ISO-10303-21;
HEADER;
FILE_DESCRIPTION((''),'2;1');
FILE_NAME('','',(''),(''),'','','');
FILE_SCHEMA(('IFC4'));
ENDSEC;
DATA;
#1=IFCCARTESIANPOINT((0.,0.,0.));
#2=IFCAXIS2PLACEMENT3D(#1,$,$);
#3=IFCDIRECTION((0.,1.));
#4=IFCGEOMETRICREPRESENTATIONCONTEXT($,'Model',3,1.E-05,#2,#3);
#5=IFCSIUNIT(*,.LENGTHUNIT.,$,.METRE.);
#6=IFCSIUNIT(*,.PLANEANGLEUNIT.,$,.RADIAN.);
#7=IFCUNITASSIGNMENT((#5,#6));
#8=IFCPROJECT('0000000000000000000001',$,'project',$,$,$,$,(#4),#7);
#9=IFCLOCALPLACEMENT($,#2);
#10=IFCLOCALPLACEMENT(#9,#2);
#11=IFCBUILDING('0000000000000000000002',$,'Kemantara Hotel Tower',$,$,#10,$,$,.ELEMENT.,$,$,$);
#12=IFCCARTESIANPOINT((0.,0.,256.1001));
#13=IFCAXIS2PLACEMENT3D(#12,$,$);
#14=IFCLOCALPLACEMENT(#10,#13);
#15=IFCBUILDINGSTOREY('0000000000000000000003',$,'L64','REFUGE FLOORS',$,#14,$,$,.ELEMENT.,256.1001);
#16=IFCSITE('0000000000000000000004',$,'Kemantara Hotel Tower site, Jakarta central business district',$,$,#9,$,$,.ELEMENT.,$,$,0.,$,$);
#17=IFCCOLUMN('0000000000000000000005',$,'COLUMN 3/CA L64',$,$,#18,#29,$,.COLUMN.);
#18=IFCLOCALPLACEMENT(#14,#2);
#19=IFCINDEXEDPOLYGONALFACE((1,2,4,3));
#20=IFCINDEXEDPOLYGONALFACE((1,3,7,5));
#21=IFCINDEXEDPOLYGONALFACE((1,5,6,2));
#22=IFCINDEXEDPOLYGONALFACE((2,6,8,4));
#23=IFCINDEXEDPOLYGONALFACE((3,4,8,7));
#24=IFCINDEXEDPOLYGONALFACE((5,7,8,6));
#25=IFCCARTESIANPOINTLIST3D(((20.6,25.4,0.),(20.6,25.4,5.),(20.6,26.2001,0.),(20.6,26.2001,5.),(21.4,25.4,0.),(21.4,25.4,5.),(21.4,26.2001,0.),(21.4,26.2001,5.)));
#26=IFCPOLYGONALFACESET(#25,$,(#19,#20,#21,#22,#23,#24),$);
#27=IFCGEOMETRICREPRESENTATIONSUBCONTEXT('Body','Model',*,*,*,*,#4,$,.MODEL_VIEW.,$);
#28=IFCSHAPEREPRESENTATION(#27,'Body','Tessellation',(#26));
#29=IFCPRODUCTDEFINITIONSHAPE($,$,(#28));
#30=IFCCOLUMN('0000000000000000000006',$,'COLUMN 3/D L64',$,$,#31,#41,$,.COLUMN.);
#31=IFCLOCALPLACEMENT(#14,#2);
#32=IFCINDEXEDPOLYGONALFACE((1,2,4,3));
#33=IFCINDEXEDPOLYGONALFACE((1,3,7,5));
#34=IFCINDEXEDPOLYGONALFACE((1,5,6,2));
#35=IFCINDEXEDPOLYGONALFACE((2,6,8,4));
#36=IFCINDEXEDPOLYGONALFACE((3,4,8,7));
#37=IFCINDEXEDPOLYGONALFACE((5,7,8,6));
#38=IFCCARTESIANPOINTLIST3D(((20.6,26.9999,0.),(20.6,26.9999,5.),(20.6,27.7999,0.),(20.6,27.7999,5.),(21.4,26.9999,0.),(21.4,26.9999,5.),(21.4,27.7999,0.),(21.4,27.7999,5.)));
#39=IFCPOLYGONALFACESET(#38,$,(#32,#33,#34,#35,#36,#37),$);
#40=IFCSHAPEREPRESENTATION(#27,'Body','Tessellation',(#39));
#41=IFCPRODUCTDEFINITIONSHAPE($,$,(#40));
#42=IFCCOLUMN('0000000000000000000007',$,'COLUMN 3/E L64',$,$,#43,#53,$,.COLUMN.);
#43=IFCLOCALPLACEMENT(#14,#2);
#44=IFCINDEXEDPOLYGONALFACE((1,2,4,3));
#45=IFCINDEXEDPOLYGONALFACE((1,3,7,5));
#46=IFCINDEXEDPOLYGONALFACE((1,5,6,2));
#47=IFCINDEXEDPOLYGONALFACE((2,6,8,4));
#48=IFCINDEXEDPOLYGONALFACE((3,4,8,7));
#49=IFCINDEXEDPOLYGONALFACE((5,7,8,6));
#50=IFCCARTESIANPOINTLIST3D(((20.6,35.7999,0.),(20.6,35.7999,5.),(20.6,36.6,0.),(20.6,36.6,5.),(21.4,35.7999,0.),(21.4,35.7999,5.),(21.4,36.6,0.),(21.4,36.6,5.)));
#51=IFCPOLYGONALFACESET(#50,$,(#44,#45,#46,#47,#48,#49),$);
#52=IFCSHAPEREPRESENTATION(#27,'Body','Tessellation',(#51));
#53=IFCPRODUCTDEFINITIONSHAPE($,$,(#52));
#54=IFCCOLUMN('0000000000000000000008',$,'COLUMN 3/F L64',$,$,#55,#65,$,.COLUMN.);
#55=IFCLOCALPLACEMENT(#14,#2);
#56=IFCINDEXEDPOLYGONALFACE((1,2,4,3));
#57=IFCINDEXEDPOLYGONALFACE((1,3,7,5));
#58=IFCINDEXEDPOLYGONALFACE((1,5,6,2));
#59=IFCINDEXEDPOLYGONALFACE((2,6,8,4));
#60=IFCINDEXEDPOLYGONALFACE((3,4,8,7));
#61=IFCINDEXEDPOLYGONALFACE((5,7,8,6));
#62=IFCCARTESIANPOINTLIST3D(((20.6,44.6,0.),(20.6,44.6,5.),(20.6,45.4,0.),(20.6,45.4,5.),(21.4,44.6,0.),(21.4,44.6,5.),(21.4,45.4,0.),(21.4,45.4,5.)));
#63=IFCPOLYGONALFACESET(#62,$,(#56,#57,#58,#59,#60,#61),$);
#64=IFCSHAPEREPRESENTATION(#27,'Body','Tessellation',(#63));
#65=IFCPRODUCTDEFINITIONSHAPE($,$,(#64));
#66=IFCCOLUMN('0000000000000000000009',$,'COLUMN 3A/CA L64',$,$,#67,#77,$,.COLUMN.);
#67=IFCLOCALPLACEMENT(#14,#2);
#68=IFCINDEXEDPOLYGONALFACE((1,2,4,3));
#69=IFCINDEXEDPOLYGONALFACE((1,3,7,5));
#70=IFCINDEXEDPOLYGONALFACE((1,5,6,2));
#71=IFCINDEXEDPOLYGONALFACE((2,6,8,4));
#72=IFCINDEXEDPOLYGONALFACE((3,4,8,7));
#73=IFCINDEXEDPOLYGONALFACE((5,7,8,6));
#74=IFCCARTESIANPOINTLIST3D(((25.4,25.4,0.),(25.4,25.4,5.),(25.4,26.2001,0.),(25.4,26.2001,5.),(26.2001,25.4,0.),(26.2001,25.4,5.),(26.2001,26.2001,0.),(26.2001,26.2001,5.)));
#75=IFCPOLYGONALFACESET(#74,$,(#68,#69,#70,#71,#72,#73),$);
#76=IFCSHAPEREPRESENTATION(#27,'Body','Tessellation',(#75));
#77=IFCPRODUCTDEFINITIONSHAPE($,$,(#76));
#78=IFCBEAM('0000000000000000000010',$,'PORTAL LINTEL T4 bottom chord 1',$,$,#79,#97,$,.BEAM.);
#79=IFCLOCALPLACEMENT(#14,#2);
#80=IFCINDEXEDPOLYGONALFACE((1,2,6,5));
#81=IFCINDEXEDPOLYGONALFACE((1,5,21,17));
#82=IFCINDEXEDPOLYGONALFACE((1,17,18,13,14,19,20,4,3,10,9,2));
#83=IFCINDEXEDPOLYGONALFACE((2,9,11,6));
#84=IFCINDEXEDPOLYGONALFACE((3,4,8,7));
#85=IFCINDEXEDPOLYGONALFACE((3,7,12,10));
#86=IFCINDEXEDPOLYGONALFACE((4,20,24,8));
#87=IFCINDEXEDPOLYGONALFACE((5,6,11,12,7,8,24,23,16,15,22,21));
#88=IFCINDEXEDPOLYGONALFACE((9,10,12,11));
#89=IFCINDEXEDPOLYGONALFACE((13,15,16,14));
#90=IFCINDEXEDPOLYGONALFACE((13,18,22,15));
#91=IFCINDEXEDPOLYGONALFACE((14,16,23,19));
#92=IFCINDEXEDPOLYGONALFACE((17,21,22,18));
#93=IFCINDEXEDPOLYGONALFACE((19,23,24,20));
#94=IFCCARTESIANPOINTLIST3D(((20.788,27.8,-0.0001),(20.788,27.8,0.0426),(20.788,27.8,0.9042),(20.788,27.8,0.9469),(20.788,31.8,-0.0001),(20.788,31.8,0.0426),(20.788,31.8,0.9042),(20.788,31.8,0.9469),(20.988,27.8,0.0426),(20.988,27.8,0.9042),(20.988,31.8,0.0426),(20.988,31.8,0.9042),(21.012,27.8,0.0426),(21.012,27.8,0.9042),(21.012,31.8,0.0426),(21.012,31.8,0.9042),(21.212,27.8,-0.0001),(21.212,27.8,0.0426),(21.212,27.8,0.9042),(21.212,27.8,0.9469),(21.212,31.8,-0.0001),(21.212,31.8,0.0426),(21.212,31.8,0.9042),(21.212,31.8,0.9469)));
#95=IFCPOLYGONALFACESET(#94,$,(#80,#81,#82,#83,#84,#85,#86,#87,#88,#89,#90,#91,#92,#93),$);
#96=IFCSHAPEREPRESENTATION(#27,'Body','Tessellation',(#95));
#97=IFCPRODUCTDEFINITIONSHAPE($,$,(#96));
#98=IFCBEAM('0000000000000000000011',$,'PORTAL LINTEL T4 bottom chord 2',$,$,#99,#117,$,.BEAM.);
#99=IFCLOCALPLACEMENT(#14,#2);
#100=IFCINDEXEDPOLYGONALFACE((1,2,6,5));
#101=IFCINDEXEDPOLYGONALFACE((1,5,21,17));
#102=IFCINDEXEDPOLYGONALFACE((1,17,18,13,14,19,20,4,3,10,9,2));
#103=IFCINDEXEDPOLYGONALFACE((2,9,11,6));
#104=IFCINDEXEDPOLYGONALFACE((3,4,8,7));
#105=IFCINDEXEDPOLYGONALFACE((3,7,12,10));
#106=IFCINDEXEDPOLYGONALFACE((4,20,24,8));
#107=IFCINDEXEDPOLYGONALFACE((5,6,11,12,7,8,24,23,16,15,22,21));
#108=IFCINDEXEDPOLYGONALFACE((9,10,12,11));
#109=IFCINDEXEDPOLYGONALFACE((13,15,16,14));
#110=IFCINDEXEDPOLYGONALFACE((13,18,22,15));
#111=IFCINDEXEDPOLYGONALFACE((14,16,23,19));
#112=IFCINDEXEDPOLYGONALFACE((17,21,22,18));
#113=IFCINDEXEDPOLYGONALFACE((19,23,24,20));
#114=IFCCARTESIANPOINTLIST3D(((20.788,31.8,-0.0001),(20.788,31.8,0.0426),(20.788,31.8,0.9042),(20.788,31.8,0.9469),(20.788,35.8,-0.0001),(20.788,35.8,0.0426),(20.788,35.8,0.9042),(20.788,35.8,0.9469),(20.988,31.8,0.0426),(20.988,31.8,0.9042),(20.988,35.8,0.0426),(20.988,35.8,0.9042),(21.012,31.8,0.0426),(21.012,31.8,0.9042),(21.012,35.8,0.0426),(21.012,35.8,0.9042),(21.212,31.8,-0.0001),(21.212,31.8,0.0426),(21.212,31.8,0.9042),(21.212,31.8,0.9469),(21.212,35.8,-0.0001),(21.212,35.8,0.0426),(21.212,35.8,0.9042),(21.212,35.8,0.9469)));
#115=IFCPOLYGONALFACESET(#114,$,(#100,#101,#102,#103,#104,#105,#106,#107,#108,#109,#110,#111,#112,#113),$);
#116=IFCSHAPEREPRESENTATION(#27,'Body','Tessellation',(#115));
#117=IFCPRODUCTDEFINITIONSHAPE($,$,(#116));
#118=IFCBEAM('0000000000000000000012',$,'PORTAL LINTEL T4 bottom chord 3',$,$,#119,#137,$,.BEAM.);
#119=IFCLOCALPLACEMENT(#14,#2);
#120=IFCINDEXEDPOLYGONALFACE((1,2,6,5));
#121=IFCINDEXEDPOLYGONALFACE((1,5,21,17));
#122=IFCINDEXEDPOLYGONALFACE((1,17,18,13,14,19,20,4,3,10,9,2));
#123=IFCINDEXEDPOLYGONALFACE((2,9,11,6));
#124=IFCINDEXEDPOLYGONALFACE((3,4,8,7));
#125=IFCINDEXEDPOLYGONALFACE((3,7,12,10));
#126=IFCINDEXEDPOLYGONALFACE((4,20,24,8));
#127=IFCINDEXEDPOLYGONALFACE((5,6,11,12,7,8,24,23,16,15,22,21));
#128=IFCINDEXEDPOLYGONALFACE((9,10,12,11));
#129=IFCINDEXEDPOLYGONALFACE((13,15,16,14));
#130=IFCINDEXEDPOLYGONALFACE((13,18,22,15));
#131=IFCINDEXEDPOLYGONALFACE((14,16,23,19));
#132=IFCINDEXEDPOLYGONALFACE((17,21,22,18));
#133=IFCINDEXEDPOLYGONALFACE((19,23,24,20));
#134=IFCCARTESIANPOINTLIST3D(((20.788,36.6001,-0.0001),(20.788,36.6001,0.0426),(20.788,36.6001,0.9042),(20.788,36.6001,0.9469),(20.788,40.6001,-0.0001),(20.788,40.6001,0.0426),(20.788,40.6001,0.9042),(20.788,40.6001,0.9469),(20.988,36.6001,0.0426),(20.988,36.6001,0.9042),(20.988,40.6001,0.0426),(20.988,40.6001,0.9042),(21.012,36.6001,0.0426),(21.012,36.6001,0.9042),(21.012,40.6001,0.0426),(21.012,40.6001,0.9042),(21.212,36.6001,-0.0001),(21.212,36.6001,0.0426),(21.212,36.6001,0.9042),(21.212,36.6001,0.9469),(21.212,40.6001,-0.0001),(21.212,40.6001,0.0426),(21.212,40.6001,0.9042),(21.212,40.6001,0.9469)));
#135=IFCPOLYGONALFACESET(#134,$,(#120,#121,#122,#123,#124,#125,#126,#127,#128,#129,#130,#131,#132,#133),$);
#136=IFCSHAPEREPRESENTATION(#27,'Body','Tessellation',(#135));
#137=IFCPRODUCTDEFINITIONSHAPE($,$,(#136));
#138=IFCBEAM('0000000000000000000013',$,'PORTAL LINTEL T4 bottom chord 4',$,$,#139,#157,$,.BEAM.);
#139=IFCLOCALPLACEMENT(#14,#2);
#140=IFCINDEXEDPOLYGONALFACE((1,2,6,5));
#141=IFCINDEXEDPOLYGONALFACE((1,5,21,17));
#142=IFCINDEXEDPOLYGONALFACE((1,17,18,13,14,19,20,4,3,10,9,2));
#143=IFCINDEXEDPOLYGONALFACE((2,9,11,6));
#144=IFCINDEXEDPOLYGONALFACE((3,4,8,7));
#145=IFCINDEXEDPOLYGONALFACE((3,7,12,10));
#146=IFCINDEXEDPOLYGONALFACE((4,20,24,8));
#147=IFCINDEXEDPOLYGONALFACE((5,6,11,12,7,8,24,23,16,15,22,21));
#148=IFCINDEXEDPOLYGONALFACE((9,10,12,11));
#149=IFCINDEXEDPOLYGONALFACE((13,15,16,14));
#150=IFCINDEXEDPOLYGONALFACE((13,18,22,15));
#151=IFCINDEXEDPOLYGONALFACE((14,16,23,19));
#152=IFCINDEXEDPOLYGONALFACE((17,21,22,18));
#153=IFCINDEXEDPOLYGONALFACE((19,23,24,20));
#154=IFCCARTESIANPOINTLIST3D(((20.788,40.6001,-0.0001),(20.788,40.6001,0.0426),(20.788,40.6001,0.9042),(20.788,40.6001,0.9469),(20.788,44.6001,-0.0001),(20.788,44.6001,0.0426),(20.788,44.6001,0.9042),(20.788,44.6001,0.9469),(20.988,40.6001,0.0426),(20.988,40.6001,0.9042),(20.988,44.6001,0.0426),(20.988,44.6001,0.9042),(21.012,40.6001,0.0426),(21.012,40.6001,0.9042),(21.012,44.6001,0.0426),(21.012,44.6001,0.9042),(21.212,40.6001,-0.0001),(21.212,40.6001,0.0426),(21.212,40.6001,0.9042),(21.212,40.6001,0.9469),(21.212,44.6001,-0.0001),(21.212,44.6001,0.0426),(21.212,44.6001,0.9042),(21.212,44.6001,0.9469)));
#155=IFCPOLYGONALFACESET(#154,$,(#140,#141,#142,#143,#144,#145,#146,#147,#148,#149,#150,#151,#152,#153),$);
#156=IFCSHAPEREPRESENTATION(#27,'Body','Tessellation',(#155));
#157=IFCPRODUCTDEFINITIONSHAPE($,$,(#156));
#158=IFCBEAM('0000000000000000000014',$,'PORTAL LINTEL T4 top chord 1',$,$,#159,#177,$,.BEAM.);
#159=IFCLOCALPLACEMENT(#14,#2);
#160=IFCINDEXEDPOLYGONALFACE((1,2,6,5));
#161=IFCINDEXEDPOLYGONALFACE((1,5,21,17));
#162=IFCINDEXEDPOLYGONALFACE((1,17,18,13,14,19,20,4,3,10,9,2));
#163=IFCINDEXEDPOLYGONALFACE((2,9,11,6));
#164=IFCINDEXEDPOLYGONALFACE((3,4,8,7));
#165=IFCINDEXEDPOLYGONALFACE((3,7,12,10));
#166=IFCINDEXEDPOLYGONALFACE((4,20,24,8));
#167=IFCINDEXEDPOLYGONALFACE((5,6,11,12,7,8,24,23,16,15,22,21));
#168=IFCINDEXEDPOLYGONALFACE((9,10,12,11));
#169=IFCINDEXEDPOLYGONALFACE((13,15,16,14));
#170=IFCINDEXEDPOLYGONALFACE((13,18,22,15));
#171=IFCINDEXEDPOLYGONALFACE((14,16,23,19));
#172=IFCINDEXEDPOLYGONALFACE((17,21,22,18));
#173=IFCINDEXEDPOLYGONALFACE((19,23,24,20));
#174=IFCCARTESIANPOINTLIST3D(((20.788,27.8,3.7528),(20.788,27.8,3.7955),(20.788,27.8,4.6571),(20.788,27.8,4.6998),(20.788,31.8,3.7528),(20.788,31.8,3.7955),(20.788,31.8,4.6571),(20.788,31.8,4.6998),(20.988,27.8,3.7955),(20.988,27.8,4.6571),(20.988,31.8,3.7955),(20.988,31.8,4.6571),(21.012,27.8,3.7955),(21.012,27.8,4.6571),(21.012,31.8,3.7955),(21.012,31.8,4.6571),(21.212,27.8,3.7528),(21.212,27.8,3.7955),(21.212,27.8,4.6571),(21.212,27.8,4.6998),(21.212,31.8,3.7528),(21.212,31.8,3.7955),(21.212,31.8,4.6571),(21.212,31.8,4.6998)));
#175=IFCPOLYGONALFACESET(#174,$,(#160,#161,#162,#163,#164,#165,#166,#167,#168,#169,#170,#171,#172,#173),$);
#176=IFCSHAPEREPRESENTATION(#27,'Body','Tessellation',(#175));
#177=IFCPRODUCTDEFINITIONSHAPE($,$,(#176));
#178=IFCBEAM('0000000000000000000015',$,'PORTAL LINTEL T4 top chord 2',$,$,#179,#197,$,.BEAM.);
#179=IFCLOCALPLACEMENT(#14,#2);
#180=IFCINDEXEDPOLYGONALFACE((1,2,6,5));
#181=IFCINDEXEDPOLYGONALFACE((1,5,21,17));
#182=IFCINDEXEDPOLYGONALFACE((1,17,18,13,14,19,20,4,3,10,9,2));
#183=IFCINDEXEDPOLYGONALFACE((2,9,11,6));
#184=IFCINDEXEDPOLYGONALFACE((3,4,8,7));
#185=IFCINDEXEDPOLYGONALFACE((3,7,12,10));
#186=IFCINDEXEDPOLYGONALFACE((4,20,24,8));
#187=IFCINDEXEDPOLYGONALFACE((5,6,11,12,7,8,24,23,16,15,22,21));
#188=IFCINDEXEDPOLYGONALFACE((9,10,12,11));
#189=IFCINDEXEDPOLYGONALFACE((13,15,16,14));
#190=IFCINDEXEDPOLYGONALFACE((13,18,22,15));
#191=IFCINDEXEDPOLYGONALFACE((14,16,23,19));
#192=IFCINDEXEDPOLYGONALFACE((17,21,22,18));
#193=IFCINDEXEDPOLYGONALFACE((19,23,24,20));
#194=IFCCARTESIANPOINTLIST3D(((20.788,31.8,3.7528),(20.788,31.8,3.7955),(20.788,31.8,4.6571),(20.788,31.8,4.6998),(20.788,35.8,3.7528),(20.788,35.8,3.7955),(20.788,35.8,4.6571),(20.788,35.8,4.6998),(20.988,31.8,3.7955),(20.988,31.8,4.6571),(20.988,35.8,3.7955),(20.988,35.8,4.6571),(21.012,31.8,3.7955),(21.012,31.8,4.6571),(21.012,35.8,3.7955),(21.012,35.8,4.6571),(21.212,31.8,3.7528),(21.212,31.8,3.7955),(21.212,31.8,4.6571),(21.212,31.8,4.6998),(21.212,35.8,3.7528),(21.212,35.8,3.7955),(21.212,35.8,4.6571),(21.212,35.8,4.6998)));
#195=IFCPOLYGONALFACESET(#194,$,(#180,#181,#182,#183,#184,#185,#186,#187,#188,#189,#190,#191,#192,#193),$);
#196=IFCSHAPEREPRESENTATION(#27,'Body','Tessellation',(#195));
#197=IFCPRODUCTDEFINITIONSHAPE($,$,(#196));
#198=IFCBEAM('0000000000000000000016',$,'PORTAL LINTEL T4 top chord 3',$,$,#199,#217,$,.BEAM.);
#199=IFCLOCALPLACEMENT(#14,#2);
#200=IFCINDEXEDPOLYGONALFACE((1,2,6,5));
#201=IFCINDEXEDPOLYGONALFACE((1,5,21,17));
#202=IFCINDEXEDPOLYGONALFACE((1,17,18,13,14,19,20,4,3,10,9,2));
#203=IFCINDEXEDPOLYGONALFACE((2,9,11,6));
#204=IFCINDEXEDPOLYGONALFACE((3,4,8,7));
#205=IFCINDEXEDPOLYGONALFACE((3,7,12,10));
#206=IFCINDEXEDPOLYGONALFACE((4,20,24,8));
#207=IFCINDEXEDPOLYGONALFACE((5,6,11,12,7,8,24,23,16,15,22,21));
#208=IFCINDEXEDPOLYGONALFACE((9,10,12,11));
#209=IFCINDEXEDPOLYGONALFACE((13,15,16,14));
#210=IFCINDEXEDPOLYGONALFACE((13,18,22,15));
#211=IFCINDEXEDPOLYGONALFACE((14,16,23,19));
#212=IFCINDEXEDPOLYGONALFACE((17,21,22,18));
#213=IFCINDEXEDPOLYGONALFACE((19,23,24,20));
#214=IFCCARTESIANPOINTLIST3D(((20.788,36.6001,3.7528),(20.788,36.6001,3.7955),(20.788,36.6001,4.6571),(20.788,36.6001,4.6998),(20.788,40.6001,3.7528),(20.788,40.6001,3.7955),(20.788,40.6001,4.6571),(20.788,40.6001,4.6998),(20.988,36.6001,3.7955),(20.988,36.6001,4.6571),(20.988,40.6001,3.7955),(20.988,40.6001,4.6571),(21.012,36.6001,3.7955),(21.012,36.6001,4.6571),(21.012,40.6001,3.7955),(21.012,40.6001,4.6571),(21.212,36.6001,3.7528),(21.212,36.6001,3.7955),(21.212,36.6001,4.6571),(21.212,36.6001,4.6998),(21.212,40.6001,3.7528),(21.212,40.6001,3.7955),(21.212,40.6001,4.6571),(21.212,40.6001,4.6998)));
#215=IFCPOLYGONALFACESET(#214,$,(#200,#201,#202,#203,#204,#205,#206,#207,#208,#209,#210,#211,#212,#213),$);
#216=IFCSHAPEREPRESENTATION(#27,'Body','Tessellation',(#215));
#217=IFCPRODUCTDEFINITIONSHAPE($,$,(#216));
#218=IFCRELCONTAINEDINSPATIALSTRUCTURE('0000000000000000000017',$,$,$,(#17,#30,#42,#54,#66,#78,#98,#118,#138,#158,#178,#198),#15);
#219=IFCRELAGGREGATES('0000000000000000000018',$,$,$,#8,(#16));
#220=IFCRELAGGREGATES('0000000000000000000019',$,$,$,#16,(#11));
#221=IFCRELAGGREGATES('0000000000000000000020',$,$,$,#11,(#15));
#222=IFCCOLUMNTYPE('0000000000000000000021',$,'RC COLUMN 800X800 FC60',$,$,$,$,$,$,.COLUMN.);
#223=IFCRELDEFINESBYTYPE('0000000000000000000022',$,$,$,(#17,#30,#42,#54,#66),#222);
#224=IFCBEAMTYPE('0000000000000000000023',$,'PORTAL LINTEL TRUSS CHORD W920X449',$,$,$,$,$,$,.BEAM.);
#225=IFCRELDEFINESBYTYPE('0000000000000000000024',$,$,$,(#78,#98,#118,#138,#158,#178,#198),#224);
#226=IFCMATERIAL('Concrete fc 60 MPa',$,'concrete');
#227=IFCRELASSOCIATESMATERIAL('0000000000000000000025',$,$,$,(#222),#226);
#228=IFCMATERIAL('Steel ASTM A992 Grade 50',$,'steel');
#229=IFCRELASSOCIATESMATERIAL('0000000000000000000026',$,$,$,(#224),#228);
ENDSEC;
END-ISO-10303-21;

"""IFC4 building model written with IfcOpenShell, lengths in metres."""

from ifc_helpers import new_model, si_unit, direction, frame, origin, origin_2d, place, context, subcontext, project, spatial, rectangle, i_section, extrude, material, material_profile, profile_set, type_object, element, save


model = new_model("IFC4")

# Units and contexts
model_context = context("Model", 3, precision=1e-05, world=origin(), true_north=direction((0.0, 1.0)))
body_context = subcontext(model_context, "Body", "Model", "MODEL_VIEW")
ifc_project = project(units=[si_unit("LENGTHUNIT", "METRE"), si_unit("PLANEANGLEUNIT", "RADIAN")], contexts=[model_context])

# Site, building, storey
site_placement = place(None, origin())
site = spatial("IfcSite", under=ifc_project, at=site_placement, Name="Kemantara Hotel Tower site, Jakarta central business district", CompositionType="ELEMENT", RefElevation=0.0)
building_placement = place(site_placement, origin())
building = spatial("IfcBuilding", under=site, at=building_placement, Name="Kemantara Hotel Tower", CompositionType="ELEMENT")
storey_placement = place(building_placement, frame((0.0, 0.0, 256.1001)))
storey = spatial("IfcBuildingStorey", under=building, at=storey_placement, Name="L64", Description="REFUGE FLOORS", CompositionType="ELEMENT", Elevation=256.1001)

# Columns
ifc_material_1 = material(Name="Concrete fc 60 MPa", Category="concrete")
ifc_material_profile_1 = material_profile(ifc_material_1, rectangle(XDim=0.8, YDim=0.8, at=origin_2d()), Name="RC 800X800")
ifc_profile_set_1 = profile_set([ifc_material_profile_1], Name="Concrete fc 60 MPa")
column_type = type_object("IfcColumnType", Name="RC COLUMN 800X800 FC60", PredefinedType="COLUMN", material=ifc_profile_set_1)
for number, where, z_axis, x_axis, name in (
    (1, (21.0, 25.8, 0.0), (0.0, 0.0, 1.0), (1.0, 0.0, 0.0), "COLUMN 3/CA L64"),
    (2, (21.0, 27.3999, 0.0), (0.0, 0.0, 1.0), (1.0, 0.0, 0.0), "COLUMN 3/D L64"),
    (3, (21.0, 36.2, 0.0), (0.0, 0.0, 1.0), (1.0, 0.0, 0.0), "COLUMN 3/E L64"),
    (4, (21.0, 45.0, 0.0), (0.0, 0.0, 1.0), (1.0, 0.0, 0.0), "COLUMN 3/F L64"),
    (5, (25.8, 25.8, 0.0), (0.0, 0.0, 1.0), (1.0, 0.0, 0.0), "COLUMN 3A/CA L64"),
):
    element("IfcColumn", number, at=place(storey_placement, frame(where, z_axis=z_axis, x_axis=x_axis)), inside=storey, type_object=column_type, Name=name, PredefinedType="COLUMN", context=body_context, shape_type="SweptSolid", body=[
        extrude(rectangle(XDim=0.8, YDim=0.8, at=origin_2d()), origin(), (0.0, 0.0, 1.0), 5.0),
    ])

# Beams
ifc_material_2 = material(Name="Steel ASTM A992 Grade 50", Category="steel")
ifc_material_profile_2 = material_profile(ifc_material_2, i_section(OverallWidth=0.4241, OverallDepth=0.947, WebThickness=0.0239, FlangeThickness=0.0427, at=origin_2d()), Name="W920X449")
ifc_profile_set_2 = profile_set([ifc_material_profile_2], Name="Steel ASTM A992 Grade 50")
beam_type = type_object("IfcBeamType", Name="PORTAL LINTEL TRUSS CHORD W920X449", PredefinedType="BEAM", material=ifc_profile_set_2)
for number, where, z_axis, x_axis, name in (
    (6, (21.0, 27.8, 0.4734), (0.0, 1.0, 0.0), (-1.0, 0.0, 0.0), "PORTAL LINTEL T4 bottom chord 1"),
    (7, (21.0, 31.8, 0.4734), (0.0, 1.0, 0.0), (-1.0, 0.0, 0.0), "PORTAL LINTEL T4 bottom chord 2"),
    (8, (21.0, 36.6001, 0.4734), (0.0, 1.0, 0.0), (-1.0, 0.0, 0.0), "PORTAL LINTEL T4 bottom chord 3"),
    (9, (21.0, 40.6001, 0.4734), (0.0, 1.0, 0.0), (-1.0, 0.0, 0.0), "PORTAL LINTEL T4 bottom chord 4"),
    (10, (21.0, 27.8, 4.2263), (0.0, 1.0, 0.0), (-1.0, 0.0, 0.0), "PORTAL LINTEL T4 top chord 1"),
    (11, (21.0, 31.8, 4.2263), (0.0, 1.0, 0.0), (-1.0, 0.0, 0.0), "PORTAL LINTEL T4 top chord 2"),
    (12, (21.0, 36.6001, 4.2263), (0.0, 1.0, 0.0), (-1.0, 0.0, 0.0), "PORTAL LINTEL T4 top chord 3"),
):
    element("IfcBeam", number, at=place(storey_placement, frame(where, z_axis=z_axis, x_axis=x_axis)), inside=storey, type_object=beam_type, Name=name, PredefinedType="BEAM", context=body_context, shape_type="SweptSolid", body=[
        extrude(i_section(OverallWidth=0.4241, OverallDepth=0.947, WebThickness=0.0239, FlangeThickness=0.0427, at=origin_2d()), origin(), (0.0, 0.0, 1.0), 4.0),
    ])

save(model, "model.ifc")
